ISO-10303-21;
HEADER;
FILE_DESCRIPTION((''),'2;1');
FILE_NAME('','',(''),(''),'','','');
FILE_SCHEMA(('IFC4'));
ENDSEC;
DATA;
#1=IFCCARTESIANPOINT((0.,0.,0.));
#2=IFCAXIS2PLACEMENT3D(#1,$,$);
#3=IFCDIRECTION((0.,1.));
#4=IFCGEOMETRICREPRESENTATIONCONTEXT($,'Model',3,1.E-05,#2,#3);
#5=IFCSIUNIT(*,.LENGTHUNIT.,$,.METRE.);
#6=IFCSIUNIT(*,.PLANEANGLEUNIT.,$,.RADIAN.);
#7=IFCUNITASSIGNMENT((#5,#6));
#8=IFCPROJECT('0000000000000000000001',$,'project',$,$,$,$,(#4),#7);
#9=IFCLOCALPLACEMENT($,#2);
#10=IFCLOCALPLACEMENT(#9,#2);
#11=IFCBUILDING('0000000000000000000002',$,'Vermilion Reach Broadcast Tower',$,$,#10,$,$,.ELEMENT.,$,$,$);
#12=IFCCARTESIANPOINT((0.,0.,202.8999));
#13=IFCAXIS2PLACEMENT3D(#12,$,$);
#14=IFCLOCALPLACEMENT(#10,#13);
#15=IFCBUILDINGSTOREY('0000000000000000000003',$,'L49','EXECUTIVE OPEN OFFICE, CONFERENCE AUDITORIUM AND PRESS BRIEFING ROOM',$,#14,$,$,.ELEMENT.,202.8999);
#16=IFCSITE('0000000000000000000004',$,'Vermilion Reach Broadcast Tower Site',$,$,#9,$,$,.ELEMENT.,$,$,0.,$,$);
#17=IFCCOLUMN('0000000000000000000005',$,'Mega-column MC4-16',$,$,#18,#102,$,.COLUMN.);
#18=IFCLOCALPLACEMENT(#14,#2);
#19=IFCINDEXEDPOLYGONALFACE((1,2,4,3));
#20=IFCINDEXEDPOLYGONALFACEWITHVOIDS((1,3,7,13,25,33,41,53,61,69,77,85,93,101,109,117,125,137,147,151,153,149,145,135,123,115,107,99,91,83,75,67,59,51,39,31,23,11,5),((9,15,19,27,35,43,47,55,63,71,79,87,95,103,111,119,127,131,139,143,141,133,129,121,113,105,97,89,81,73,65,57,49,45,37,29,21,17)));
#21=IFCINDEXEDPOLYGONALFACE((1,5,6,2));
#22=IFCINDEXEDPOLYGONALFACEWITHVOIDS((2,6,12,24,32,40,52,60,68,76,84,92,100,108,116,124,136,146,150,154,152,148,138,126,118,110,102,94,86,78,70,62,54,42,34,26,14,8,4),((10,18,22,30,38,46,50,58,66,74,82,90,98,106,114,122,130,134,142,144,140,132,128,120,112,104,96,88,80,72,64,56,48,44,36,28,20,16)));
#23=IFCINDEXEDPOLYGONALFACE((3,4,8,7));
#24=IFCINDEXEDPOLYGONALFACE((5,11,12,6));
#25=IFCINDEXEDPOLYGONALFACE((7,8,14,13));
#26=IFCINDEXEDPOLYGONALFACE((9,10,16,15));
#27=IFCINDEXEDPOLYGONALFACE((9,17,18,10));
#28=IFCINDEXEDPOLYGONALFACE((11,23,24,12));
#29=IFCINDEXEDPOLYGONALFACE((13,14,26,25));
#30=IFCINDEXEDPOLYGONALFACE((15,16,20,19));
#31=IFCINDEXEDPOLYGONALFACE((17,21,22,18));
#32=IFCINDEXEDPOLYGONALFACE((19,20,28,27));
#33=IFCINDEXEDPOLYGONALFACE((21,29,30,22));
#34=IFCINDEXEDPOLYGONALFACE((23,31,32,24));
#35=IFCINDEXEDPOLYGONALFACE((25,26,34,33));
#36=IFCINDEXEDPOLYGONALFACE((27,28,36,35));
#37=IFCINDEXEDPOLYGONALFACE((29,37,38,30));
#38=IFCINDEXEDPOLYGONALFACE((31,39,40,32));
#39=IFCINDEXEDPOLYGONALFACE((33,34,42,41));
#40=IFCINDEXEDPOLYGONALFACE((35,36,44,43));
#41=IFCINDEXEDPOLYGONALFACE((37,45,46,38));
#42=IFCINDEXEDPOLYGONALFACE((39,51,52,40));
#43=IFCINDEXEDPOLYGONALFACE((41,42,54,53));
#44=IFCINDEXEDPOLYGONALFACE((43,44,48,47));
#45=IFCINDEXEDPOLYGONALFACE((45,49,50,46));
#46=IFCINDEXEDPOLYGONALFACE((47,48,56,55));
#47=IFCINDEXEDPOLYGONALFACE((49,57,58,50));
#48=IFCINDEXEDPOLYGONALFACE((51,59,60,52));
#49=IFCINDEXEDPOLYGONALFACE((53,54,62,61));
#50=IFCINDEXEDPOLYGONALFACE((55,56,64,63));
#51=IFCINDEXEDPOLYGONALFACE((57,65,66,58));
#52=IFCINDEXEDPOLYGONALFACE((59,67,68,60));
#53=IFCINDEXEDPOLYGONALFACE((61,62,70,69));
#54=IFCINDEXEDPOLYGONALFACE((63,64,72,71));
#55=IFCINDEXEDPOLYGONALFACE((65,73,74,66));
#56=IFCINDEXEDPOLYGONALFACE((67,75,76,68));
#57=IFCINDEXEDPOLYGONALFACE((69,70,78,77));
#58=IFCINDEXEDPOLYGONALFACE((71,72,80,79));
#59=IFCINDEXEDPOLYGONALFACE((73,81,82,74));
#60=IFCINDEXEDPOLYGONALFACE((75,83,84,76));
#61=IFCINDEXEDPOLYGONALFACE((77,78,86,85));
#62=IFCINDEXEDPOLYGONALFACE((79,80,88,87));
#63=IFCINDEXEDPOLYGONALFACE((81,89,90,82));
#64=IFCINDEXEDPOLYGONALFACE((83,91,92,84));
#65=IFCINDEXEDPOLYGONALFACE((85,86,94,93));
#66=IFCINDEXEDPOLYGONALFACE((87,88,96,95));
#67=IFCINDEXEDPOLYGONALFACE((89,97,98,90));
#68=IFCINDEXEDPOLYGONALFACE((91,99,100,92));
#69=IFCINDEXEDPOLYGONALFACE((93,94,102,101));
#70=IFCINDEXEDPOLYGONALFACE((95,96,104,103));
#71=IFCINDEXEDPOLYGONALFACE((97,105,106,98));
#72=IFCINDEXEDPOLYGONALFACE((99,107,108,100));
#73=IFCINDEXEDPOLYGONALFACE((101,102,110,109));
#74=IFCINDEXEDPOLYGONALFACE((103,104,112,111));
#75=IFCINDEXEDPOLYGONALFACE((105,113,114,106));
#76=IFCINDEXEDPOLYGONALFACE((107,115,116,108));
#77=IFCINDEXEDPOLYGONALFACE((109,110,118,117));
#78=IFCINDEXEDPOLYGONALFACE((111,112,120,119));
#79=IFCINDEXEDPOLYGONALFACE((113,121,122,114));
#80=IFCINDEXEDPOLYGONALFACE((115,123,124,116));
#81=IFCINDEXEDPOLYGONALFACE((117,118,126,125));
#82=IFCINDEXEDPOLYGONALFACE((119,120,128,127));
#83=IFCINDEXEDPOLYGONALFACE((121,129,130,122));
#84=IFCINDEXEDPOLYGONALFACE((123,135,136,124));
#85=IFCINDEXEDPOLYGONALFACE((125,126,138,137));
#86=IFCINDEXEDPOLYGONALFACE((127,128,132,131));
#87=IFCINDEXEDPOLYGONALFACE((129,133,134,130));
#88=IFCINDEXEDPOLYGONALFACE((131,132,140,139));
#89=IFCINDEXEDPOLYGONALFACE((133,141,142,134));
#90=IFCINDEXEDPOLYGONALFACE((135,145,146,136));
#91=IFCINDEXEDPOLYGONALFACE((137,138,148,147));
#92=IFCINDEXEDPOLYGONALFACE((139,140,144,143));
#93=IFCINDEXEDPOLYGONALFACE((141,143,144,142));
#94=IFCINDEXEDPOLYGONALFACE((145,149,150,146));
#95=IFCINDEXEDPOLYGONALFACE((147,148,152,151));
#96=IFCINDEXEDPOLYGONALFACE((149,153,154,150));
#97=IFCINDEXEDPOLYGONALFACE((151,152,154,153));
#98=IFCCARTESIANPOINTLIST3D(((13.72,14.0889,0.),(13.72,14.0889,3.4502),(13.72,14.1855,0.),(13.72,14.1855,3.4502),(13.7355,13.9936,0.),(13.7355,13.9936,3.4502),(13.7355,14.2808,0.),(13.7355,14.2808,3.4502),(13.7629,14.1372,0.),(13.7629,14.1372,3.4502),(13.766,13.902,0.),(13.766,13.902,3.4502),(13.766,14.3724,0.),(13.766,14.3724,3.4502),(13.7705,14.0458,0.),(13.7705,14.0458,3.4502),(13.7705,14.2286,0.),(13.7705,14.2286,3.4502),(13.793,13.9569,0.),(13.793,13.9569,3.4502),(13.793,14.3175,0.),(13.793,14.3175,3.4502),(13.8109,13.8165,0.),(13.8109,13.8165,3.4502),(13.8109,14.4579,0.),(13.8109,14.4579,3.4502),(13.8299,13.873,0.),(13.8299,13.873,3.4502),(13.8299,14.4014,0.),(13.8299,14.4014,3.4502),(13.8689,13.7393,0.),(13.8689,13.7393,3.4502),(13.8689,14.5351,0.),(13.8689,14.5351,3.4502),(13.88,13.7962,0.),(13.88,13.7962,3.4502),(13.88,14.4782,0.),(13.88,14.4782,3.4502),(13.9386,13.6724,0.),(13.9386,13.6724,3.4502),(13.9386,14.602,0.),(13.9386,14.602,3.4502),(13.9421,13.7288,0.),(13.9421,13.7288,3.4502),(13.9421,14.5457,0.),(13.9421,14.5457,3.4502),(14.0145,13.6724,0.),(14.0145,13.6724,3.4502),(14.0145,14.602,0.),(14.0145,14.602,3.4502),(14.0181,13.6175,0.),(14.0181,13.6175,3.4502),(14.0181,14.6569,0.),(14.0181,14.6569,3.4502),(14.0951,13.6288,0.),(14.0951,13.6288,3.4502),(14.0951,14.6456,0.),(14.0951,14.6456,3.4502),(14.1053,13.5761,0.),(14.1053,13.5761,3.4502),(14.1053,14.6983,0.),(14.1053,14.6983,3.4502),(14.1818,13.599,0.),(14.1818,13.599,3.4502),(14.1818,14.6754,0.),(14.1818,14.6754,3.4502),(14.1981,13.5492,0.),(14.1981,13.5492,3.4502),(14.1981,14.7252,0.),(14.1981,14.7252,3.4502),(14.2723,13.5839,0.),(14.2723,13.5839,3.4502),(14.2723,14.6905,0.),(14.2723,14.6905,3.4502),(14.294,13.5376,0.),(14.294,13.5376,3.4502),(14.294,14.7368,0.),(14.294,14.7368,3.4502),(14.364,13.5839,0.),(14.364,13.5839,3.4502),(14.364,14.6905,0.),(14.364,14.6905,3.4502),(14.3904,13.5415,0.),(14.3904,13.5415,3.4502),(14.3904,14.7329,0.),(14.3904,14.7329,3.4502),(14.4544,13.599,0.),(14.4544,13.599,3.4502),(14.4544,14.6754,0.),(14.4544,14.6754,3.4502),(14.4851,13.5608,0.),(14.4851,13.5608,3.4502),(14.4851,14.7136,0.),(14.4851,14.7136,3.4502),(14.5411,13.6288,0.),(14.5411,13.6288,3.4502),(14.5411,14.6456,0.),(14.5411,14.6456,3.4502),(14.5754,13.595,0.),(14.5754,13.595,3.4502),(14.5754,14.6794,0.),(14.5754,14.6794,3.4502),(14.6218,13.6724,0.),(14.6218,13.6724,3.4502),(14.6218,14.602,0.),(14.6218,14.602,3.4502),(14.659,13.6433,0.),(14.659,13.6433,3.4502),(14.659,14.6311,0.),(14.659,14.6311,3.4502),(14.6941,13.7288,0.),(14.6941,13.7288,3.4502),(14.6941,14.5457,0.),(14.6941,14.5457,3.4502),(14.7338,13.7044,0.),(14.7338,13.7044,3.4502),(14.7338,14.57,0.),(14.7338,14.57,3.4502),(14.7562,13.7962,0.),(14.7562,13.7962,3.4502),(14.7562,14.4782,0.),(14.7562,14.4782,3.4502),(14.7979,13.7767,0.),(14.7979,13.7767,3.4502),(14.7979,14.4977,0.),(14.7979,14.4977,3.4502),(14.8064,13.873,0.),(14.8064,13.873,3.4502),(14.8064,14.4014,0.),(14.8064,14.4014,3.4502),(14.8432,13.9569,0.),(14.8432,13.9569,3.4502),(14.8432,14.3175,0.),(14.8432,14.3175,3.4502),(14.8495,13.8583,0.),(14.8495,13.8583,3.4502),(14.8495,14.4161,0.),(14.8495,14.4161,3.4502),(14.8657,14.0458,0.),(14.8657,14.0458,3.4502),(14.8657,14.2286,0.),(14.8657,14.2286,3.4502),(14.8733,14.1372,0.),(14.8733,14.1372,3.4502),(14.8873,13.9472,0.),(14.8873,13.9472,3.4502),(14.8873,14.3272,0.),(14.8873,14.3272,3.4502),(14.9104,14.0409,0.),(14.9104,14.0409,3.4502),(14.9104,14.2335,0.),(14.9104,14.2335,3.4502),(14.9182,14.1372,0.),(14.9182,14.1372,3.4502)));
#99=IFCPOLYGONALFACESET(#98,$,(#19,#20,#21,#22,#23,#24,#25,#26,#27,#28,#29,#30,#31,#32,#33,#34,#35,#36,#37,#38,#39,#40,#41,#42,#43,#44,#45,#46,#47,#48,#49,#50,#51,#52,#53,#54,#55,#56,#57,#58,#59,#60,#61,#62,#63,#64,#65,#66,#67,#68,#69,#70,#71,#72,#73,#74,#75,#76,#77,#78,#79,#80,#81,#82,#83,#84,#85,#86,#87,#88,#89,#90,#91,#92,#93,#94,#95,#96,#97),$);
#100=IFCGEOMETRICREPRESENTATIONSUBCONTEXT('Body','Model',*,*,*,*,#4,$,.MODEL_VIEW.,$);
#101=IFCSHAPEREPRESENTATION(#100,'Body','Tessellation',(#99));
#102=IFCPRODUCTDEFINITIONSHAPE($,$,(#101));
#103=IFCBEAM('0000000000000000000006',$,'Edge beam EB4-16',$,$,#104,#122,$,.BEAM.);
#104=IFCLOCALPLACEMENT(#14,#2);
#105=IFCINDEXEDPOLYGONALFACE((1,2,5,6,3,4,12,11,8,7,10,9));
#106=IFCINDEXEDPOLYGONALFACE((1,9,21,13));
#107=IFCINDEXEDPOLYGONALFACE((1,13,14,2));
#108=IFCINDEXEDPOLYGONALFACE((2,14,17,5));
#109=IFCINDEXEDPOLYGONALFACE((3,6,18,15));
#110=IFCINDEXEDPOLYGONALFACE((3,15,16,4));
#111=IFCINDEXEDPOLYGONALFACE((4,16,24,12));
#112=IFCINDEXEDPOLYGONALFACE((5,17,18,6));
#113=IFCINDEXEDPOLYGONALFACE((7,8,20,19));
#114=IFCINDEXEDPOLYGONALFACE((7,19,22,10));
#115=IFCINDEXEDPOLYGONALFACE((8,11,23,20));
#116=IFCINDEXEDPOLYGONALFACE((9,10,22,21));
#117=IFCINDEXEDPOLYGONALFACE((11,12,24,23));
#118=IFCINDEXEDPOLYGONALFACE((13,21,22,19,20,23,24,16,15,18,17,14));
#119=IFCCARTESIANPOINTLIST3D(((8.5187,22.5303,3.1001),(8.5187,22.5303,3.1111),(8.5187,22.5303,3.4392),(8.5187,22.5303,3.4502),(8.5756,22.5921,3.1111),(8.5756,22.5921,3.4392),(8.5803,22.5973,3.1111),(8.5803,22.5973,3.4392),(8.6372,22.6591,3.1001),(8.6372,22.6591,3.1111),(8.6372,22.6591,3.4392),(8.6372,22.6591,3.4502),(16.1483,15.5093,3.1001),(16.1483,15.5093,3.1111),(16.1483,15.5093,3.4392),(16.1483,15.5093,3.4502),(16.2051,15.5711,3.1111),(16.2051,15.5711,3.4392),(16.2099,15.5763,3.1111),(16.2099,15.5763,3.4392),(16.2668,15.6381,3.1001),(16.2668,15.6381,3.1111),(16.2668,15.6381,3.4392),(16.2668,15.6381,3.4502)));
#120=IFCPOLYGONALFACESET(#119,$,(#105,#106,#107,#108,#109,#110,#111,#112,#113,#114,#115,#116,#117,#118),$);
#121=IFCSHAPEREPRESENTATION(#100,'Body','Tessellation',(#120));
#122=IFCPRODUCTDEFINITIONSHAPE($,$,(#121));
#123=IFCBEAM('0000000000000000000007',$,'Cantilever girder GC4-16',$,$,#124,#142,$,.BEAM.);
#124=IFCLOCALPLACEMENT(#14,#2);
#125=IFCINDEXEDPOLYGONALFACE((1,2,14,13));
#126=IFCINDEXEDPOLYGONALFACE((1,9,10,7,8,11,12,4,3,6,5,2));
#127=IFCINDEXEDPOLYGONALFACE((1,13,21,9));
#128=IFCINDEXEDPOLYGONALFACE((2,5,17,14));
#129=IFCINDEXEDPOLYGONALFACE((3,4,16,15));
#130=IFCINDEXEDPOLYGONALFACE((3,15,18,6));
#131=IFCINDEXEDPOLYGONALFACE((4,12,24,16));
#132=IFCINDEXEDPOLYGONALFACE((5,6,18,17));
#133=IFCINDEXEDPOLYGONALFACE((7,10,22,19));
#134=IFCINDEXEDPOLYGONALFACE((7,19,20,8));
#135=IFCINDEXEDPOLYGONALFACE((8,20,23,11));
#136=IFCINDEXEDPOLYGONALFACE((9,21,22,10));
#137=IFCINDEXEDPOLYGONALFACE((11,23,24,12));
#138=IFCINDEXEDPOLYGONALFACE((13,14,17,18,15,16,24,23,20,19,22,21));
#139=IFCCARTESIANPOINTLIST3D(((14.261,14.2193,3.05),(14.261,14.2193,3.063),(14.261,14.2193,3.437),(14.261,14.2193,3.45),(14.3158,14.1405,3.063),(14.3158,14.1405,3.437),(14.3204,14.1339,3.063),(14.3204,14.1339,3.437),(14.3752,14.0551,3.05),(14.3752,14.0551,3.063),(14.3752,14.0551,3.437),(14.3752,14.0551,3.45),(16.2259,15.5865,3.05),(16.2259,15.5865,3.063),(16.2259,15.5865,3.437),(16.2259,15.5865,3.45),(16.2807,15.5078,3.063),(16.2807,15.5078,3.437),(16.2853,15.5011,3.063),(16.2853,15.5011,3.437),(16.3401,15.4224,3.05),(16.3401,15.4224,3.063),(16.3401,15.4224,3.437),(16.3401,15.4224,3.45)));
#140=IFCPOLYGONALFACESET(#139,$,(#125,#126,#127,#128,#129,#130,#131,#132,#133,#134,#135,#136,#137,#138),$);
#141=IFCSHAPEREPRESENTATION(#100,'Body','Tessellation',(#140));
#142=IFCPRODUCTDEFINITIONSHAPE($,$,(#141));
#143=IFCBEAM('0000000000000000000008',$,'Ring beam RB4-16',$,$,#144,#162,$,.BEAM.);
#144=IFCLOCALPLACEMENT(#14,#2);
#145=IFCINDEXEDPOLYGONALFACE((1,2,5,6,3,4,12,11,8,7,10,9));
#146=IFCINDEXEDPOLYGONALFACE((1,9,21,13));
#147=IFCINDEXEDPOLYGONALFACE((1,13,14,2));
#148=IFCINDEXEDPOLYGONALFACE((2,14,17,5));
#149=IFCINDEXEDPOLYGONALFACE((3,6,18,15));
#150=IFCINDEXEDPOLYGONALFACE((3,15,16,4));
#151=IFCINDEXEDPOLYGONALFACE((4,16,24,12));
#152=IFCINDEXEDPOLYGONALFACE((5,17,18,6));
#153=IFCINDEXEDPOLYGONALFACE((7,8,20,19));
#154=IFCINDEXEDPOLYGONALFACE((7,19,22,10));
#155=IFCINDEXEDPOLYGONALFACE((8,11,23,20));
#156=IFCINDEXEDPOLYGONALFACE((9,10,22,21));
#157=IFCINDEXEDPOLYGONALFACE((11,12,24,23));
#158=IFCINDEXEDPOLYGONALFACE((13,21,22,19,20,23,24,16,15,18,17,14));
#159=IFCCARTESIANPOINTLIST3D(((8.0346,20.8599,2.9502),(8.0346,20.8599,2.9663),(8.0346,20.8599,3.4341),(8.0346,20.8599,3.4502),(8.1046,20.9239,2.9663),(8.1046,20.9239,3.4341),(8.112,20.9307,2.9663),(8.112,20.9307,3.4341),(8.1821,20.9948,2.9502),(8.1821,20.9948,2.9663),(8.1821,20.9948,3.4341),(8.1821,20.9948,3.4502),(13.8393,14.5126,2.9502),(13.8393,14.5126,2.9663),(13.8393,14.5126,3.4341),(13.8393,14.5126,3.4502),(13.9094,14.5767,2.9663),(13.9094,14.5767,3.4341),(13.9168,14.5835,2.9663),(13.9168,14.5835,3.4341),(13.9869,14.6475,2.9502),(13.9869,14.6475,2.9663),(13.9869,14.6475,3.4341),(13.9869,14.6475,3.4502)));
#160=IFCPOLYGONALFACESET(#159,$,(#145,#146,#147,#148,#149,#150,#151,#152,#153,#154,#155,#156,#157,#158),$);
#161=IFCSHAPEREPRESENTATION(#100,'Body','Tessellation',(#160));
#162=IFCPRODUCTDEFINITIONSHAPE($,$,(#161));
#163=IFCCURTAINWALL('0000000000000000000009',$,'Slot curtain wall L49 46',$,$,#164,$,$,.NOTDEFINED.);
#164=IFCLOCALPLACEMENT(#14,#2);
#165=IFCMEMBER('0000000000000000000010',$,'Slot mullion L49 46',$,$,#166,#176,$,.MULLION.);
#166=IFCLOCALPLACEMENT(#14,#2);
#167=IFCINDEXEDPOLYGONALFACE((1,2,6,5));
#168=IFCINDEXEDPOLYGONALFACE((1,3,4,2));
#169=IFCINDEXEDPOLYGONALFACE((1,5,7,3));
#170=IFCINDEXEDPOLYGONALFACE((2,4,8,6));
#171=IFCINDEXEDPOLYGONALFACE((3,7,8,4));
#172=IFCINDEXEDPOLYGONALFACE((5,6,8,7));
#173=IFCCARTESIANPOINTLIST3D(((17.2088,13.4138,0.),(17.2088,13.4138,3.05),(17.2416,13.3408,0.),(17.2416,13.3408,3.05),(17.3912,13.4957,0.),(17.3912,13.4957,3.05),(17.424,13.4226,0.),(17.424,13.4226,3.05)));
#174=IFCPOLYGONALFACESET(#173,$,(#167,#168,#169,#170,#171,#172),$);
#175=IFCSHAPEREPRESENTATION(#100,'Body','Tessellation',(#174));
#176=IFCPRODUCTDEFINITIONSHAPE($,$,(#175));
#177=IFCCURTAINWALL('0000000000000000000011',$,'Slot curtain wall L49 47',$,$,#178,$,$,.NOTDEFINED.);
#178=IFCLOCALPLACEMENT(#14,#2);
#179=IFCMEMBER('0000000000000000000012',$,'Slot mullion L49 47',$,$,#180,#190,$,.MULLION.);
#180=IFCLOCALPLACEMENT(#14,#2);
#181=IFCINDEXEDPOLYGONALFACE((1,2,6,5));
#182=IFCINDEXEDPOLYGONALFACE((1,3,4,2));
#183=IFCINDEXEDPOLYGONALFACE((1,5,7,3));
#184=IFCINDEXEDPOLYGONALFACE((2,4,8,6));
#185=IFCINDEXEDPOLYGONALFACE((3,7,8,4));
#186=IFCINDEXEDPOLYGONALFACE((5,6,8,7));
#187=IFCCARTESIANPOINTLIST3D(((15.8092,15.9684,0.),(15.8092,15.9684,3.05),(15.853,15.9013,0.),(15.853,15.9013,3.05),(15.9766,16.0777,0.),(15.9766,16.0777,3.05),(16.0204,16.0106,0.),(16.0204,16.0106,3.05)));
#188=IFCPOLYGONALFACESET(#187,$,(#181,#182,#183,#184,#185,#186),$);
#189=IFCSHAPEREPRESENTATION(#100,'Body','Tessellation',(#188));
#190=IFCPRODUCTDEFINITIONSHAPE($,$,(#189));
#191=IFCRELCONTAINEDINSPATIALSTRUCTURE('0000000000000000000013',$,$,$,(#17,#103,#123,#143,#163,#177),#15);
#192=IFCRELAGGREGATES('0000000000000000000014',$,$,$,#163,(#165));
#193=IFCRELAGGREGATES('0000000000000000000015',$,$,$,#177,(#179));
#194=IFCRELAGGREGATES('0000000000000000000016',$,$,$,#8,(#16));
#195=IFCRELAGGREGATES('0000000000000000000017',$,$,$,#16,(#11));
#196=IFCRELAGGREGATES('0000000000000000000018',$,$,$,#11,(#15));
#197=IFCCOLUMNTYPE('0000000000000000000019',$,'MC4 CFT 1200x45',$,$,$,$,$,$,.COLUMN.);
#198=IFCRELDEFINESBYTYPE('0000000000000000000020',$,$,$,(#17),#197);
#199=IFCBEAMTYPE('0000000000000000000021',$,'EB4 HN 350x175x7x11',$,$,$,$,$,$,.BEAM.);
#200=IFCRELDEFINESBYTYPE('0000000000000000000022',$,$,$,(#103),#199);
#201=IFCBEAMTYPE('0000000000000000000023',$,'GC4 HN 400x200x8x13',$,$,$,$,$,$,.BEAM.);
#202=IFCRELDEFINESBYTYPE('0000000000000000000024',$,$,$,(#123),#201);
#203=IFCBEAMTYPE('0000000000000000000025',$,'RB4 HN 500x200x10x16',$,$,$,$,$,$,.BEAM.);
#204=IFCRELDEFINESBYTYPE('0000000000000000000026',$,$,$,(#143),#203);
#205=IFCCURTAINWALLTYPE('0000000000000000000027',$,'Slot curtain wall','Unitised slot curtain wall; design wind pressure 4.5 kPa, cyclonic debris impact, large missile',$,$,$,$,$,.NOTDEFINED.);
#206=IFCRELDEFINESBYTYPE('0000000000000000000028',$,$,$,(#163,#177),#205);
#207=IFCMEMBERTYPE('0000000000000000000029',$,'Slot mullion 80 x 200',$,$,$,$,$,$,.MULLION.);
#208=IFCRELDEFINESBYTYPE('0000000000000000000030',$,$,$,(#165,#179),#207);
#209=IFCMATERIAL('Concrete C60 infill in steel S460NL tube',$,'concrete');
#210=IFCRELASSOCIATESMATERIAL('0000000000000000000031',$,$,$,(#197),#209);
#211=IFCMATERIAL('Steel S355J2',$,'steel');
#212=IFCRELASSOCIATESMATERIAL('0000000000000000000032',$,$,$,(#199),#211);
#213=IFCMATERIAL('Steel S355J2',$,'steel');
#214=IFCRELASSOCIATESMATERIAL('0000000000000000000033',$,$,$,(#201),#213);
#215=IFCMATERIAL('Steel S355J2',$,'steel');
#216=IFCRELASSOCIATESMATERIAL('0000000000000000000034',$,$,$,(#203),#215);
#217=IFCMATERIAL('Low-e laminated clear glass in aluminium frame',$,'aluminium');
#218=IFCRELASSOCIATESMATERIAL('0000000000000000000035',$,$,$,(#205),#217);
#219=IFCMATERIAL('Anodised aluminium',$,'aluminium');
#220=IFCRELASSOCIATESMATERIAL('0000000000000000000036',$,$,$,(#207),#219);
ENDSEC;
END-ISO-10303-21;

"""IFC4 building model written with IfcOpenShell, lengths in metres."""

from ifc_helpers import new_model, si_unit, direction, frame, origin, origin_2d, place, context, subcontext, project, spatial, rectangle, hollow_circle, i_section, extrude, material, material_profile, profile_set, type_object, element, aggregate, save


model = new_model("IFC4")

# Units and contexts
model_context = context("Model", 3, precision=1e-05, world=origin(), true_north=direction((0.0, 1.0)))
body_context = subcontext(model_context, "Body", "Model", "MODEL_VIEW")
ifc_project = project(units=[si_unit("LENGTHUNIT", "METRE"), si_unit("PLANEANGLEUNIT", "RADIAN")], contexts=[model_context])

# Site, building, storey
site_placement = place(None, origin())
site = spatial("IfcSite", under=ifc_project, at=site_placement, Name="Vermilion Reach Broadcast Tower Site", CompositionType="ELEMENT", RefElevation=0.0)
building_placement = place(site_placement, origin())
building = spatial("IfcBuilding", under=site, at=building_placement, Name="Vermilion Reach Broadcast Tower", CompositionType="ELEMENT")
storey_placement = place(building_placement, frame((0.0, 0.0, 202.8999)))
storey = spatial("IfcBuildingStorey", under=building, at=storey_placement, Name="L49", Description="EXECUTIVE OPEN OFFICE, CONFERENCE AUDITORIUM AND PRESS BRIEFING ROOM", CompositionType="ELEMENT", Elevation=202.8999)

# Column
ifc_material_1 = material(Name="Concrete C60 infill in steel S460NL tube", Category="concrete")
ifc_material_profile_1 = material_profile(ifc_material_1, hollow_circle(Radius=0.6001, WallThickness=0.0449, at=origin_2d()), Name="Concrete C60 infill in steel S460NL tube CFT 1200x45")
ifc_profile_set_1 = profile_set([ifc_material_profile_1], Name="Concrete C60 infill in steel S460NL tube")
column_type = type_object("IfcColumnType", Name="MC4 CFT 1200x45", PredefinedType="COLUMN", material=ifc_profile_set_1)
column_placement = place(storey_placement, frame((14.3181, 14.1372, 0.0), z_axis=(0.0, 0.0, 1.0), x_axis=(1.0, 0.0, 0.0)))
element("IfcColumn", 1, at=column_placement, inside=storey, type_object=column_type, Name="Mega-column MC4-16", PredefinedType="COLUMN", context=body_context, shape_type="SweptSolid", body=[
    extrude(hollow_circle(Radius=0.6001, WallThickness=0.0449, at=origin_2d()), origin(), (0.0, 0.0, 1.0), 3.4502),
])

# Beams
ifc_material_2 = material(Name="Steel S355J2", Category="steel")
ifc_material_profile_2 = material_profile(ifc_material_2, i_section(OverallWidth=0.175, OverallDepth=0.3501, WebThickness=0.0071, FlangeThickness=0.011, at=origin_2d()), Name="S355J2 HN 350x175x7x11")
ifc_profile_set_2 = profile_set([ifc_material_profile_2], Name="Steel S355J2")
beam_type_1 = type_object("IfcBeamType", Name="EB4 HN 350x175x7x11", PredefinedType="BEAM", material=ifc_profile_set_2)
beam_1_placement = place(storey_placement, frame((16.2075, 15.5737, 3.2751), z_axis=(-0.735848, 0.677147, 0.0), x_axis=(-0.677147, -0.735848, 0.0)))
element("IfcBeam", 2, at=beam_1_placement, inside=storey, type_object=beam_type_1, Name="Edge beam EB4-16", PredefinedType="BEAM", context=body_context, shape_type="SweptSolid", body=[
    extrude(i_section(OverallWidth=0.175, OverallDepth=0.3501, WebThickness=0.0071, FlangeThickness=0.011, at=origin_2d()), origin(), (0.0, 0.0, 1.0), 10.3684),
])
ifc_material_3 = material(Name="Steel S355J2", Category="steel")
ifc_material_profile_3 = material_profile(ifc_material_3, i_section(OverallWidth=0.2, OverallDepth=0.3999, WebThickness=0.0081, FlangeThickness=0.0129, at=origin_2d()), Name="S355J2 HN 400x200x8x13")
ifc_profile_set_3 = profile_set([ifc_material_profile_3], Name="Steel S355J2")
beam_type_2 = type_object("IfcBeamType", Name="GC4 HN 400x200x8x13", PredefinedType="BEAM", material=ifc_profile_set_3)
beam_2_placement = place(storey_placement, frame((14.3181, 14.1372, 3.25), z_axis=(0.820839, 0.57116, 0.0), x_axis=(-0.57116, 0.820839, 0.0)))
element("IfcBeam", 3, at=beam_2_placement, inside=storey, type_object=beam_type_2, Name="Cantilever girder GC4-16", PredefinedType="BEAM", context=body_context, shape_type="SweptSolid", body=[
    extrude(i_section(OverallWidth=0.2, OverallDepth=0.3999, WebThickness=0.0081, FlangeThickness=0.0129, at=origin_2d()), origin(), (0.0, 0.0, 1.0), 2.3938),
])
ifc_material_4 = material(Name="Steel S355J2", Category="steel")
ifc_material_profile_4 = material_profile(ifc_material_4, i_section(OverallWidth=0.2, OverallDepth=0.5, WebThickness=0.01, FlangeThickness=0.0161, at=origin_2d()), Name="S355J2 HN 500x200x10x16")
ifc_profile_set_4 = profile_set([ifc_material_profile_4], Name="Steel S355J2")
beam_type_3 = type_object("IfcBeamType", Name="RB4 HN 500x200x10x16", PredefinedType="BEAM", material=ifc_profile_set_4)
beam_3_placement = place(storey_placement, frame((13.9131, 14.5801, 3.2002), z_axis=(-0.674868, 0.737938, 0.0), x_axis=(-0.737938, -0.674868, 0.0)))
element("IfcBeam", 4, at=beam_3_placement, inside=storey, type_object=beam_type_3, Name="Ring beam RB4-16", PredefinedType="BEAM", context=body_context, shape_type="SweptSolid", body=[
    extrude(i_section(OverallWidth=0.2, OverallDepth=0.5, WebThickness=0.01, FlangeThickness=0.0161, at=origin_2d()), origin(), (0.0, 0.0, 1.0), 8.6013),
])

# Curtain walls, members
ifc_material_5 = material(Name="Low-e laminated clear glass in aluminium frame", Category="aluminium")
curtain_wall_type = type_object("IfcCurtainWallType", Name="Slot curtain wall", Description="Unitised slot curtain wall; design wind pressure 4.5 kPa, cyclonic debris impact, large missile", PredefinedType="NOTDEFINED", material=ifc_material_5)
placement = place(storey_placement, origin())
curtain_wall_1 = element("IfcCurtainWall", 5, at=placement, inside=storey, type_object=curtain_wall_type, Name="Slot curtain wall L49 46", PredefinedType="NOTDEFINED")
ifc_material_6 = material(Name="Anodised aluminium", Category="aluminium")
ifc_material_profile_5 = material_profile(ifc_material_6, rectangle(XDim=0.2, YDim=0.0801, at=origin_2d()), Name="Slot mullion 80 x 200")
ifc_profile_set_5 = profile_set([ifc_material_profile_5], Name="Anodised aluminium")
member_type_1 = type_object("IfcMemberType", Name="Slot mullion 80 x 200", PredefinedType="MULLION", material=ifc_profile_set_5)
member_1_placement = place(storey_placement, frame((17.3164, 13.4182, 0.0), z_axis=(0.0, 0.0, 1.0), x_axis=(-0.912359, -0.40939, 0.0)))
member_1 = element("IfcMember", 6, at=member_1_placement, type_object=member_type_1, Name="Slot mullion L49 46", PredefinedType="MULLION", context=body_context, shape_type="SweptSolid", body=[
    extrude(rectangle(XDim=0.2, YDim=0.0801, at=origin_2d()), origin(), (0.0, 0.0, 1.0), 3.05),
])
curtain_wall_2 = element("IfcCurtainWall", 7, at=placement, inside=storey, type_object=curtain_wall_type, Name="Slot curtain wall L49 47", PredefinedType="NOTDEFINED")
member_2_placement = place(storey_placement, frame((15.9148, 15.9895, 0.0), z_axis=(0.0, 0.0, 1.0), x_axis=(-0.837422, -0.546557, 0.0)))
member_2 = element("IfcMember", 8, at=member_2_placement, type_object=member_type_1, Name="Slot mullion L49 47", PredefinedType="MULLION", context=body_context, shape_type="SweptSolid", body=[
    extrude(rectangle(XDim=0.2, YDim=0.0801, at=origin_2d()), origin(), (0.0, 0.0, 1.0), 3.05),
])

aggregate(curtain_wall_1, [member_1])
aggregate(curtain_wall_2, [member_2])

save(model, "model.ifc")
